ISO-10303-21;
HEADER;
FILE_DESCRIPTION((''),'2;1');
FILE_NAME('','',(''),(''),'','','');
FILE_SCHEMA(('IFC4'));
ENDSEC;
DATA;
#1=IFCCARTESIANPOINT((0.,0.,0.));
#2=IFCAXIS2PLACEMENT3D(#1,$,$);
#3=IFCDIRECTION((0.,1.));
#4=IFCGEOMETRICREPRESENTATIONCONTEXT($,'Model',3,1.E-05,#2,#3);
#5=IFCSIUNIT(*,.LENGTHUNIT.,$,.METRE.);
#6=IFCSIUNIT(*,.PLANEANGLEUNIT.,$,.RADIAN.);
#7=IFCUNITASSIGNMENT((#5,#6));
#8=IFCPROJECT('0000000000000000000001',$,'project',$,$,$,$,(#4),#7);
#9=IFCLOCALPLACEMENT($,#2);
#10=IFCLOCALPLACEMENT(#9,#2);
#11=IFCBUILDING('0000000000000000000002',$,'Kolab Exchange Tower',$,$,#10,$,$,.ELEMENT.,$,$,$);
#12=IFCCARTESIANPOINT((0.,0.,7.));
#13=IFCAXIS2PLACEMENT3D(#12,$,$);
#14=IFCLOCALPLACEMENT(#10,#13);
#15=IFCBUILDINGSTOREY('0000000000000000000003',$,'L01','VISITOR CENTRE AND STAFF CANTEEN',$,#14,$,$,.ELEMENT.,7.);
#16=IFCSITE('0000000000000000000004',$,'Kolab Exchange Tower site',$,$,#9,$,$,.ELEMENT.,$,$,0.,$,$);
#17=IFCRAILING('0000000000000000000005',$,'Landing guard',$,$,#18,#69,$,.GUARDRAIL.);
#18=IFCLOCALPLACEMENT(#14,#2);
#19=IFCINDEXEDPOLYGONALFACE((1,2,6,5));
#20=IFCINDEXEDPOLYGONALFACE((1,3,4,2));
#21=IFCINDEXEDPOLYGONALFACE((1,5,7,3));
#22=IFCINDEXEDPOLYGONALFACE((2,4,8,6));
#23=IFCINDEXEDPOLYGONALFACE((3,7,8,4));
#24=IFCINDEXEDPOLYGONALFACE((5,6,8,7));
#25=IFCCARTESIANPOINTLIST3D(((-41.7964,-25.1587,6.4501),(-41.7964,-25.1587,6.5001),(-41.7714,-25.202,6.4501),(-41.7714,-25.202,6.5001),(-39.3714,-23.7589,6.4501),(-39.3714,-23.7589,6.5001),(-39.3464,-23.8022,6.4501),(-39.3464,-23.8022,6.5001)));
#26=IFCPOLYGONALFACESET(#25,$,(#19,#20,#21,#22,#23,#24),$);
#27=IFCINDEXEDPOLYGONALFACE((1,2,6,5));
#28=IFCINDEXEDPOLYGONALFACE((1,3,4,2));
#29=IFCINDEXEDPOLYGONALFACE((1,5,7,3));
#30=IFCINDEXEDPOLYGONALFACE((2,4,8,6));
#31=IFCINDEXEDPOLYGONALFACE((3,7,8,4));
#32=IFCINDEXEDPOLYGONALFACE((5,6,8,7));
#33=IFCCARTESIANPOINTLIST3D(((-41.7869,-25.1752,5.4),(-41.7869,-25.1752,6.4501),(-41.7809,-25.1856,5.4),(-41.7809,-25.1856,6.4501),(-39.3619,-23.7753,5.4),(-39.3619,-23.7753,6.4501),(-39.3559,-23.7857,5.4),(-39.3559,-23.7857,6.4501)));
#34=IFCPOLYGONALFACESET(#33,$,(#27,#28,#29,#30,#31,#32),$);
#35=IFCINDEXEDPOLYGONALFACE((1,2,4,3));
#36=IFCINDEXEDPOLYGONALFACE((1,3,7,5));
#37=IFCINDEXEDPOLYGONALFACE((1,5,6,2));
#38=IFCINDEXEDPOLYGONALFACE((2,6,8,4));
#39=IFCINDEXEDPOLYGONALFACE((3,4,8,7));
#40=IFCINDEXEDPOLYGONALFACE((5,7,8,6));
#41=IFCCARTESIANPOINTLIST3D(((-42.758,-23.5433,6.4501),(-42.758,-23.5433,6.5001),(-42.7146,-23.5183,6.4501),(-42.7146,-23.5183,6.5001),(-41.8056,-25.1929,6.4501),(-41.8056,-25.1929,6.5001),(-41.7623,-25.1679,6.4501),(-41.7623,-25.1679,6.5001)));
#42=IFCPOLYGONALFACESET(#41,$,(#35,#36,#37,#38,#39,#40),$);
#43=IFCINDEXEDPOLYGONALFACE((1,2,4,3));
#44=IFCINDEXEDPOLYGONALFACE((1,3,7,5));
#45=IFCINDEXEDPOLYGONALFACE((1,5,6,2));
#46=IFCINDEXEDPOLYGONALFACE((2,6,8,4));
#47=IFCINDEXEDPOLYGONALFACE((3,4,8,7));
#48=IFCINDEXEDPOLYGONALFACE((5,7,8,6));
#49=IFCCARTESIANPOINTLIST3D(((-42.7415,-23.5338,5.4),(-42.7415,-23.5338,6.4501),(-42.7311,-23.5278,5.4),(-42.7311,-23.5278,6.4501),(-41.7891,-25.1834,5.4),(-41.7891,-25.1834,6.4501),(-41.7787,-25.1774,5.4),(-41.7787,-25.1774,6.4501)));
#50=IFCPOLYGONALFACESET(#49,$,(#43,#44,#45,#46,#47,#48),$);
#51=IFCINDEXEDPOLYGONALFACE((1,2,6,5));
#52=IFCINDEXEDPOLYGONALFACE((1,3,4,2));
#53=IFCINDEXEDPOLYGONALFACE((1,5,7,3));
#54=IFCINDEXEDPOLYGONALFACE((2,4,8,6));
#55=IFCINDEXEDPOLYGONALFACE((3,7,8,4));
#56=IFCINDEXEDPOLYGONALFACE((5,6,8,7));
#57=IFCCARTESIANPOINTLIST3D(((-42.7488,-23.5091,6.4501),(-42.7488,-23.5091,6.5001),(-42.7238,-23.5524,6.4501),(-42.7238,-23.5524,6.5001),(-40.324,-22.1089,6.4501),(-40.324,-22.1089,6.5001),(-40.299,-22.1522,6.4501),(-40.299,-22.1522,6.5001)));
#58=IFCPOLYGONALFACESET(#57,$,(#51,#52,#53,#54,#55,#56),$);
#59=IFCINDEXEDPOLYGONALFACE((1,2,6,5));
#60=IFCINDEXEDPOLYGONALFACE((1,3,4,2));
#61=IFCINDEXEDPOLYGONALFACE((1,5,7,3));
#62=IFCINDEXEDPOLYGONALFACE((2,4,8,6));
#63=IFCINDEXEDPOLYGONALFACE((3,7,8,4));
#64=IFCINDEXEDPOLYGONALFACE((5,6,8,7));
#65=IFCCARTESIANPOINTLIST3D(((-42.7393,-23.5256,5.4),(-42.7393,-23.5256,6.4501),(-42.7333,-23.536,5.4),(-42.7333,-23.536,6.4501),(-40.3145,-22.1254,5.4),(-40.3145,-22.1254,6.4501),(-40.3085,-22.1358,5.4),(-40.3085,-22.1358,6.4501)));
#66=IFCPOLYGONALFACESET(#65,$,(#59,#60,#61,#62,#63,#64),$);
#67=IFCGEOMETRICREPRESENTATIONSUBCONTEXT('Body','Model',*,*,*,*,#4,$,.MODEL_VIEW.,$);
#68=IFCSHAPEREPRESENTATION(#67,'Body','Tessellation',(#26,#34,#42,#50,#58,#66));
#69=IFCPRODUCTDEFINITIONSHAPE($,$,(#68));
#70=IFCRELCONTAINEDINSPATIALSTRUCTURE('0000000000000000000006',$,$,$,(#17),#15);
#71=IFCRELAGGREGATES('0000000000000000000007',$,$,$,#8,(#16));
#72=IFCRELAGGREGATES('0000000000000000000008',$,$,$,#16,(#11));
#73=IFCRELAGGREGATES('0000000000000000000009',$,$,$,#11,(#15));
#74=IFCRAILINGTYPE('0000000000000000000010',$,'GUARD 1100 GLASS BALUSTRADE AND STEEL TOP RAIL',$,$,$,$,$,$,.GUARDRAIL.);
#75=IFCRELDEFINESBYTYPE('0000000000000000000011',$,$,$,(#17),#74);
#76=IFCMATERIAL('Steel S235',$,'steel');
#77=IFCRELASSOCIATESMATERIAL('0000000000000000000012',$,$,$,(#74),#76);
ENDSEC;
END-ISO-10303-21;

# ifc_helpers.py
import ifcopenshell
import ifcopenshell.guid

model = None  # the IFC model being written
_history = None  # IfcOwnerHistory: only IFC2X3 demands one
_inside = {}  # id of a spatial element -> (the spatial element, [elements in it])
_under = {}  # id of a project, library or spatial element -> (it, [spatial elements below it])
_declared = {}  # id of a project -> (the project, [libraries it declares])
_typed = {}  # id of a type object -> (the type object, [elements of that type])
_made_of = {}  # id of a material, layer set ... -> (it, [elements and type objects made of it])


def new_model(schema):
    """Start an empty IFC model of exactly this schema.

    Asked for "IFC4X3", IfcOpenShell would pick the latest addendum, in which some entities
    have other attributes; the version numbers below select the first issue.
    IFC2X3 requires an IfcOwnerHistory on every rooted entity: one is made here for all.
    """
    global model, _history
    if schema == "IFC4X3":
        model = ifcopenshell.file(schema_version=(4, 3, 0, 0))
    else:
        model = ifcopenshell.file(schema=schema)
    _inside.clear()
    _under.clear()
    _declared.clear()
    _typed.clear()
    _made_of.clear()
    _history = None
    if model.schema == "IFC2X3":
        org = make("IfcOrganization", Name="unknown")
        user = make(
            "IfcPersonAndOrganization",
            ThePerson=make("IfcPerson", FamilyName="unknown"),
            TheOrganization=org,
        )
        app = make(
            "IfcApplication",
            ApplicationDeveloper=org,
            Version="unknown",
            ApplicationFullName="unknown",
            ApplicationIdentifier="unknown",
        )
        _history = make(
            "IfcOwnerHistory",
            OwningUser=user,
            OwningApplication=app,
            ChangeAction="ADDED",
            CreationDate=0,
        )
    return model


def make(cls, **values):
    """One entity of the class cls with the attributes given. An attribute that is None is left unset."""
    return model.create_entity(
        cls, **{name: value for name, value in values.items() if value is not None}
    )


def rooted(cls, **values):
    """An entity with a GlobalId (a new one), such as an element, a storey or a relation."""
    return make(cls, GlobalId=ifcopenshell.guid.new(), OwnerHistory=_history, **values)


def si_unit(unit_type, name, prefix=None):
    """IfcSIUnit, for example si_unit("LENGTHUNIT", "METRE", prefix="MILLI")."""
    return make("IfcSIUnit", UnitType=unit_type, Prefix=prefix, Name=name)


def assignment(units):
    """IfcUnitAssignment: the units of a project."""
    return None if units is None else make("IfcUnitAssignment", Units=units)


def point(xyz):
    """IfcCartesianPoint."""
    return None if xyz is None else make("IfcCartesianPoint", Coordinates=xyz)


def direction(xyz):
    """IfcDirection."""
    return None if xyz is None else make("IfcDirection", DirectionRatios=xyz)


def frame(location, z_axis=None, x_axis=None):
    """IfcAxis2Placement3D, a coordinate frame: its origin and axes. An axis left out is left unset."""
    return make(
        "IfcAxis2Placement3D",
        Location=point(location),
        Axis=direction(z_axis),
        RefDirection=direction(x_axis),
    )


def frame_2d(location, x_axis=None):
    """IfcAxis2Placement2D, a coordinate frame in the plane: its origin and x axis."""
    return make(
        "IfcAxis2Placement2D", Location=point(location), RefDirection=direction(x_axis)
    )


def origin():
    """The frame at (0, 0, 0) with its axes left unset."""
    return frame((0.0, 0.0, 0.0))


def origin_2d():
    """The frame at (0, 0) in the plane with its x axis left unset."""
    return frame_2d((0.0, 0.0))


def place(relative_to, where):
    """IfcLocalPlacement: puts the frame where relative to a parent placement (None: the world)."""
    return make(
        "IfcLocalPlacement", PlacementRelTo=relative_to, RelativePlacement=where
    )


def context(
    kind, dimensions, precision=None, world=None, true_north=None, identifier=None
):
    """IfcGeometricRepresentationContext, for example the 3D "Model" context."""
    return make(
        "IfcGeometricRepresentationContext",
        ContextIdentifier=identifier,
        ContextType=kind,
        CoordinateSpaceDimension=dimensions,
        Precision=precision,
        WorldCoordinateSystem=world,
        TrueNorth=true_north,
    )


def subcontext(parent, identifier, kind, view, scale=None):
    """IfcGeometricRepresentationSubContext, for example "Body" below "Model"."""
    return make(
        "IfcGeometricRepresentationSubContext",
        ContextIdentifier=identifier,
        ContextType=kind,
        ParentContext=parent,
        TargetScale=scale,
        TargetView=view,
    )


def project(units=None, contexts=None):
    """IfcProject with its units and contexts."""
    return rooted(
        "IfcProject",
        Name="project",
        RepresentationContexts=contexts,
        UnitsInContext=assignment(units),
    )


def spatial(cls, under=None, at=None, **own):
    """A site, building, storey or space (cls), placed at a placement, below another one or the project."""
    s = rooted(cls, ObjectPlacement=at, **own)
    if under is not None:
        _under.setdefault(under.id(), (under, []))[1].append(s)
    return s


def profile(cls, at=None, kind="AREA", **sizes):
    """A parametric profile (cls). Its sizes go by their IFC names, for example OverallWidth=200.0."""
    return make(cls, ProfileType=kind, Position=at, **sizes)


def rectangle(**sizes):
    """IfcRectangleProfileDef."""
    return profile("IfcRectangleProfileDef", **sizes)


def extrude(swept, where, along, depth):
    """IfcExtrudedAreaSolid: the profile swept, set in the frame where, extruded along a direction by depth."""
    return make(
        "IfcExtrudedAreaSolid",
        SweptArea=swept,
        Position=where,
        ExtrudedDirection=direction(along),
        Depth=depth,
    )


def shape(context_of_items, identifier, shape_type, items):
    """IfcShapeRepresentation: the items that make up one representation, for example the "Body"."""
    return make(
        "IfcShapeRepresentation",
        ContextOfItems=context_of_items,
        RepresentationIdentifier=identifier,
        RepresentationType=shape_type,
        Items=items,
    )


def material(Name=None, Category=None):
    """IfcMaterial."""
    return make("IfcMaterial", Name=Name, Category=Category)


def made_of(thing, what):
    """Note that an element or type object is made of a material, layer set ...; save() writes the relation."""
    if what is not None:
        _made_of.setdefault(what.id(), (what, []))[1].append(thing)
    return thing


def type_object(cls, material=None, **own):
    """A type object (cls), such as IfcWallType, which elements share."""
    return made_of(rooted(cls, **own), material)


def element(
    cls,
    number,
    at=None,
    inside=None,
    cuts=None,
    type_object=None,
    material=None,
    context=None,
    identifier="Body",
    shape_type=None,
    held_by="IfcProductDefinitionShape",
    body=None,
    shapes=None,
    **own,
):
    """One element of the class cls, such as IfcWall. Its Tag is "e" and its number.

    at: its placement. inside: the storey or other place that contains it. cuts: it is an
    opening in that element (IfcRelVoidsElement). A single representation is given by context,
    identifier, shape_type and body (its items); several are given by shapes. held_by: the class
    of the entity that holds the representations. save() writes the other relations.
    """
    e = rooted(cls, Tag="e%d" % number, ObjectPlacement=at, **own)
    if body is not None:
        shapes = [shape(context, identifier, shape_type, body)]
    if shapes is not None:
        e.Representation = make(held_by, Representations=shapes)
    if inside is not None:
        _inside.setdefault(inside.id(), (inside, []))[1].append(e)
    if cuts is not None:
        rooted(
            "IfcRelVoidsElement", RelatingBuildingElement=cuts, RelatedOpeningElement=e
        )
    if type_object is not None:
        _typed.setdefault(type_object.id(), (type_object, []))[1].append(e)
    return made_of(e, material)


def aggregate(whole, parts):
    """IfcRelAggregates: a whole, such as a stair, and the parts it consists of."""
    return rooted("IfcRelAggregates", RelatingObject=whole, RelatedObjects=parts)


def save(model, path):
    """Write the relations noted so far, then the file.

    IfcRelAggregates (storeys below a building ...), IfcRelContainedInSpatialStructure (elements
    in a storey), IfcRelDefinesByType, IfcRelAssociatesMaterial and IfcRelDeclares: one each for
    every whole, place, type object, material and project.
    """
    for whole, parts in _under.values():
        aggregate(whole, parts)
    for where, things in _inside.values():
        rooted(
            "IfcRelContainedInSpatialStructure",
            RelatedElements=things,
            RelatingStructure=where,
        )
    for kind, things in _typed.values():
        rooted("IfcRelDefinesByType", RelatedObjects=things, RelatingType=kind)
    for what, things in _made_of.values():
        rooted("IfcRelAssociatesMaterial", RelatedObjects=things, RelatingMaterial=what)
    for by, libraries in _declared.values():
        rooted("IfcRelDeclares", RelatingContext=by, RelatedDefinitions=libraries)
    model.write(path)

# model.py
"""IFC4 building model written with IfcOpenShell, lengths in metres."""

from ifc_helpers import new_model, si_unit, direction, frame, frame_2d, origin, origin_2d, place, context, subcontext, project, spatial, rectangle, extrude, material, type_object, element, save


model = new_model("IFC4")

# Units and contexts
model_context = context("Model", 3, precision=1e-05, world=origin(), true_north=direction((0.0, 1.0)))
body_context = subcontext(model_context, "Body", "Model", "MODEL_VIEW")
ifc_project = project(units=[si_unit("LENGTHUNIT", "METRE"), si_unit("PLANEANGLEUNIT", "RADIAN")], contexts=[model_context])

# Site, building, storey
site_placement = place(None, origin())
site = spatial("IfcSite", under=ifc_project, at=site_placement, Name="Kolab Exchange Tower site", CompositionType="ELEMENT", RefElevation=0.0)
building_placement = place(site_placement, origin())
building = spatial("IfcBuilding", under=site, at=building_placement, Name="Kolab Exchange Tower", CompositionType="ELEMENT")
storey_placement = place(building_placement, frame((0.0, 0.0, 7.0)))
storey = spatial("IfcBuildingStorey", under=building, at=storey_placement, Name="L01", Description="VISITOR CENTRE AND STAFF CANTEEN", CompositionType="ELEMENT", Elevation=7.0)

# Railing
ifc_material_1 = material(Name="Steel S235", Category="steel")
railing_type = type_object("IfcRailingType", Name="GUARD 1100 GLASS BALUSTRADE AND STEEL TOP RAIL", PredefinedType="GUARDRAIL", material=ifc_material_1)
railing_1_placement = place(storey_placement, frame((-39.3589, -23.7805, 5.3999)))
element("IfcRailing", 1, at=railing_1_placement, inside=storey, type_object=railing_type, Name="Landing guard", PredefinedType="GUARDRAIL", context=body_context, shape_type="SweptSolid", body=[
    extrude(rectangle(XDim=0.05, YDim=0.05, at=origin_2d()), frame((0.0, 0.0, 1.0752), z_axis=(-0.866056, -0.499946, 0.0), x_axis=(0.499946, -0.866056, 0.0)), (0.0, 0.0, 1.0), 2.8),
    extrude(rectangle(XDim=0.012, YDim=1.0501, at=frame_2d((0.0, 0.5251))), frame((0.0, 0.0, 0.0), z_axis=(-0.866056, -0.499946, 0.0), x_axis=(0.499946, -0.866056, 0.0)), (0.0, 0.0, 1.0), 2.8),
    extrude(rectangle(XDim=0.05, YDim=0.05, at=origin_2d()), frame((-2.425, -1.3999, 1.0752), z_axis=(-0.499985, 0.866034, 0.0), x_axis=(-0.866034, -0.499985, 0.0)), (0.0, 0.0, 1.0), 1.9048),
    extrude(rectangle(XDim=0.012, YDim=1.0501, at=frame_2d((0.0, 0.5251))), frame((-2.425, -1.3999, 0.0), z_axis=(-0.499985, 0.866034, 0.0), x_axis=(-0.866034, -0.499985, 0.0)), (0.0, 0.0, 1.0), 1.9048),
    extrude(rectangle(XDim=0.05, YDim=0.05, at=origin_2d()), frame((-3.3774, 0.2498, 1.0752), z_axis=(0.865997, 0.50005, 0.0), x_axis=(-0.50005, 0.865997, 0.0)), (0.0, 0.0, 1.0), 2.8),
    extrude(rectangle(XDim=0.012, YDim=1.0501, at=frame_2d((0.0, 0.5251))), frame((-3.3774, 0.2498, 0.0), z_axis=(0.865997, 0.50005, 0.0), x_axis=(-0.50005, 0.865997, 0.0)), (0.0, 0.0, 1.0), 2.8),
])

save(model, "model.ifc")
